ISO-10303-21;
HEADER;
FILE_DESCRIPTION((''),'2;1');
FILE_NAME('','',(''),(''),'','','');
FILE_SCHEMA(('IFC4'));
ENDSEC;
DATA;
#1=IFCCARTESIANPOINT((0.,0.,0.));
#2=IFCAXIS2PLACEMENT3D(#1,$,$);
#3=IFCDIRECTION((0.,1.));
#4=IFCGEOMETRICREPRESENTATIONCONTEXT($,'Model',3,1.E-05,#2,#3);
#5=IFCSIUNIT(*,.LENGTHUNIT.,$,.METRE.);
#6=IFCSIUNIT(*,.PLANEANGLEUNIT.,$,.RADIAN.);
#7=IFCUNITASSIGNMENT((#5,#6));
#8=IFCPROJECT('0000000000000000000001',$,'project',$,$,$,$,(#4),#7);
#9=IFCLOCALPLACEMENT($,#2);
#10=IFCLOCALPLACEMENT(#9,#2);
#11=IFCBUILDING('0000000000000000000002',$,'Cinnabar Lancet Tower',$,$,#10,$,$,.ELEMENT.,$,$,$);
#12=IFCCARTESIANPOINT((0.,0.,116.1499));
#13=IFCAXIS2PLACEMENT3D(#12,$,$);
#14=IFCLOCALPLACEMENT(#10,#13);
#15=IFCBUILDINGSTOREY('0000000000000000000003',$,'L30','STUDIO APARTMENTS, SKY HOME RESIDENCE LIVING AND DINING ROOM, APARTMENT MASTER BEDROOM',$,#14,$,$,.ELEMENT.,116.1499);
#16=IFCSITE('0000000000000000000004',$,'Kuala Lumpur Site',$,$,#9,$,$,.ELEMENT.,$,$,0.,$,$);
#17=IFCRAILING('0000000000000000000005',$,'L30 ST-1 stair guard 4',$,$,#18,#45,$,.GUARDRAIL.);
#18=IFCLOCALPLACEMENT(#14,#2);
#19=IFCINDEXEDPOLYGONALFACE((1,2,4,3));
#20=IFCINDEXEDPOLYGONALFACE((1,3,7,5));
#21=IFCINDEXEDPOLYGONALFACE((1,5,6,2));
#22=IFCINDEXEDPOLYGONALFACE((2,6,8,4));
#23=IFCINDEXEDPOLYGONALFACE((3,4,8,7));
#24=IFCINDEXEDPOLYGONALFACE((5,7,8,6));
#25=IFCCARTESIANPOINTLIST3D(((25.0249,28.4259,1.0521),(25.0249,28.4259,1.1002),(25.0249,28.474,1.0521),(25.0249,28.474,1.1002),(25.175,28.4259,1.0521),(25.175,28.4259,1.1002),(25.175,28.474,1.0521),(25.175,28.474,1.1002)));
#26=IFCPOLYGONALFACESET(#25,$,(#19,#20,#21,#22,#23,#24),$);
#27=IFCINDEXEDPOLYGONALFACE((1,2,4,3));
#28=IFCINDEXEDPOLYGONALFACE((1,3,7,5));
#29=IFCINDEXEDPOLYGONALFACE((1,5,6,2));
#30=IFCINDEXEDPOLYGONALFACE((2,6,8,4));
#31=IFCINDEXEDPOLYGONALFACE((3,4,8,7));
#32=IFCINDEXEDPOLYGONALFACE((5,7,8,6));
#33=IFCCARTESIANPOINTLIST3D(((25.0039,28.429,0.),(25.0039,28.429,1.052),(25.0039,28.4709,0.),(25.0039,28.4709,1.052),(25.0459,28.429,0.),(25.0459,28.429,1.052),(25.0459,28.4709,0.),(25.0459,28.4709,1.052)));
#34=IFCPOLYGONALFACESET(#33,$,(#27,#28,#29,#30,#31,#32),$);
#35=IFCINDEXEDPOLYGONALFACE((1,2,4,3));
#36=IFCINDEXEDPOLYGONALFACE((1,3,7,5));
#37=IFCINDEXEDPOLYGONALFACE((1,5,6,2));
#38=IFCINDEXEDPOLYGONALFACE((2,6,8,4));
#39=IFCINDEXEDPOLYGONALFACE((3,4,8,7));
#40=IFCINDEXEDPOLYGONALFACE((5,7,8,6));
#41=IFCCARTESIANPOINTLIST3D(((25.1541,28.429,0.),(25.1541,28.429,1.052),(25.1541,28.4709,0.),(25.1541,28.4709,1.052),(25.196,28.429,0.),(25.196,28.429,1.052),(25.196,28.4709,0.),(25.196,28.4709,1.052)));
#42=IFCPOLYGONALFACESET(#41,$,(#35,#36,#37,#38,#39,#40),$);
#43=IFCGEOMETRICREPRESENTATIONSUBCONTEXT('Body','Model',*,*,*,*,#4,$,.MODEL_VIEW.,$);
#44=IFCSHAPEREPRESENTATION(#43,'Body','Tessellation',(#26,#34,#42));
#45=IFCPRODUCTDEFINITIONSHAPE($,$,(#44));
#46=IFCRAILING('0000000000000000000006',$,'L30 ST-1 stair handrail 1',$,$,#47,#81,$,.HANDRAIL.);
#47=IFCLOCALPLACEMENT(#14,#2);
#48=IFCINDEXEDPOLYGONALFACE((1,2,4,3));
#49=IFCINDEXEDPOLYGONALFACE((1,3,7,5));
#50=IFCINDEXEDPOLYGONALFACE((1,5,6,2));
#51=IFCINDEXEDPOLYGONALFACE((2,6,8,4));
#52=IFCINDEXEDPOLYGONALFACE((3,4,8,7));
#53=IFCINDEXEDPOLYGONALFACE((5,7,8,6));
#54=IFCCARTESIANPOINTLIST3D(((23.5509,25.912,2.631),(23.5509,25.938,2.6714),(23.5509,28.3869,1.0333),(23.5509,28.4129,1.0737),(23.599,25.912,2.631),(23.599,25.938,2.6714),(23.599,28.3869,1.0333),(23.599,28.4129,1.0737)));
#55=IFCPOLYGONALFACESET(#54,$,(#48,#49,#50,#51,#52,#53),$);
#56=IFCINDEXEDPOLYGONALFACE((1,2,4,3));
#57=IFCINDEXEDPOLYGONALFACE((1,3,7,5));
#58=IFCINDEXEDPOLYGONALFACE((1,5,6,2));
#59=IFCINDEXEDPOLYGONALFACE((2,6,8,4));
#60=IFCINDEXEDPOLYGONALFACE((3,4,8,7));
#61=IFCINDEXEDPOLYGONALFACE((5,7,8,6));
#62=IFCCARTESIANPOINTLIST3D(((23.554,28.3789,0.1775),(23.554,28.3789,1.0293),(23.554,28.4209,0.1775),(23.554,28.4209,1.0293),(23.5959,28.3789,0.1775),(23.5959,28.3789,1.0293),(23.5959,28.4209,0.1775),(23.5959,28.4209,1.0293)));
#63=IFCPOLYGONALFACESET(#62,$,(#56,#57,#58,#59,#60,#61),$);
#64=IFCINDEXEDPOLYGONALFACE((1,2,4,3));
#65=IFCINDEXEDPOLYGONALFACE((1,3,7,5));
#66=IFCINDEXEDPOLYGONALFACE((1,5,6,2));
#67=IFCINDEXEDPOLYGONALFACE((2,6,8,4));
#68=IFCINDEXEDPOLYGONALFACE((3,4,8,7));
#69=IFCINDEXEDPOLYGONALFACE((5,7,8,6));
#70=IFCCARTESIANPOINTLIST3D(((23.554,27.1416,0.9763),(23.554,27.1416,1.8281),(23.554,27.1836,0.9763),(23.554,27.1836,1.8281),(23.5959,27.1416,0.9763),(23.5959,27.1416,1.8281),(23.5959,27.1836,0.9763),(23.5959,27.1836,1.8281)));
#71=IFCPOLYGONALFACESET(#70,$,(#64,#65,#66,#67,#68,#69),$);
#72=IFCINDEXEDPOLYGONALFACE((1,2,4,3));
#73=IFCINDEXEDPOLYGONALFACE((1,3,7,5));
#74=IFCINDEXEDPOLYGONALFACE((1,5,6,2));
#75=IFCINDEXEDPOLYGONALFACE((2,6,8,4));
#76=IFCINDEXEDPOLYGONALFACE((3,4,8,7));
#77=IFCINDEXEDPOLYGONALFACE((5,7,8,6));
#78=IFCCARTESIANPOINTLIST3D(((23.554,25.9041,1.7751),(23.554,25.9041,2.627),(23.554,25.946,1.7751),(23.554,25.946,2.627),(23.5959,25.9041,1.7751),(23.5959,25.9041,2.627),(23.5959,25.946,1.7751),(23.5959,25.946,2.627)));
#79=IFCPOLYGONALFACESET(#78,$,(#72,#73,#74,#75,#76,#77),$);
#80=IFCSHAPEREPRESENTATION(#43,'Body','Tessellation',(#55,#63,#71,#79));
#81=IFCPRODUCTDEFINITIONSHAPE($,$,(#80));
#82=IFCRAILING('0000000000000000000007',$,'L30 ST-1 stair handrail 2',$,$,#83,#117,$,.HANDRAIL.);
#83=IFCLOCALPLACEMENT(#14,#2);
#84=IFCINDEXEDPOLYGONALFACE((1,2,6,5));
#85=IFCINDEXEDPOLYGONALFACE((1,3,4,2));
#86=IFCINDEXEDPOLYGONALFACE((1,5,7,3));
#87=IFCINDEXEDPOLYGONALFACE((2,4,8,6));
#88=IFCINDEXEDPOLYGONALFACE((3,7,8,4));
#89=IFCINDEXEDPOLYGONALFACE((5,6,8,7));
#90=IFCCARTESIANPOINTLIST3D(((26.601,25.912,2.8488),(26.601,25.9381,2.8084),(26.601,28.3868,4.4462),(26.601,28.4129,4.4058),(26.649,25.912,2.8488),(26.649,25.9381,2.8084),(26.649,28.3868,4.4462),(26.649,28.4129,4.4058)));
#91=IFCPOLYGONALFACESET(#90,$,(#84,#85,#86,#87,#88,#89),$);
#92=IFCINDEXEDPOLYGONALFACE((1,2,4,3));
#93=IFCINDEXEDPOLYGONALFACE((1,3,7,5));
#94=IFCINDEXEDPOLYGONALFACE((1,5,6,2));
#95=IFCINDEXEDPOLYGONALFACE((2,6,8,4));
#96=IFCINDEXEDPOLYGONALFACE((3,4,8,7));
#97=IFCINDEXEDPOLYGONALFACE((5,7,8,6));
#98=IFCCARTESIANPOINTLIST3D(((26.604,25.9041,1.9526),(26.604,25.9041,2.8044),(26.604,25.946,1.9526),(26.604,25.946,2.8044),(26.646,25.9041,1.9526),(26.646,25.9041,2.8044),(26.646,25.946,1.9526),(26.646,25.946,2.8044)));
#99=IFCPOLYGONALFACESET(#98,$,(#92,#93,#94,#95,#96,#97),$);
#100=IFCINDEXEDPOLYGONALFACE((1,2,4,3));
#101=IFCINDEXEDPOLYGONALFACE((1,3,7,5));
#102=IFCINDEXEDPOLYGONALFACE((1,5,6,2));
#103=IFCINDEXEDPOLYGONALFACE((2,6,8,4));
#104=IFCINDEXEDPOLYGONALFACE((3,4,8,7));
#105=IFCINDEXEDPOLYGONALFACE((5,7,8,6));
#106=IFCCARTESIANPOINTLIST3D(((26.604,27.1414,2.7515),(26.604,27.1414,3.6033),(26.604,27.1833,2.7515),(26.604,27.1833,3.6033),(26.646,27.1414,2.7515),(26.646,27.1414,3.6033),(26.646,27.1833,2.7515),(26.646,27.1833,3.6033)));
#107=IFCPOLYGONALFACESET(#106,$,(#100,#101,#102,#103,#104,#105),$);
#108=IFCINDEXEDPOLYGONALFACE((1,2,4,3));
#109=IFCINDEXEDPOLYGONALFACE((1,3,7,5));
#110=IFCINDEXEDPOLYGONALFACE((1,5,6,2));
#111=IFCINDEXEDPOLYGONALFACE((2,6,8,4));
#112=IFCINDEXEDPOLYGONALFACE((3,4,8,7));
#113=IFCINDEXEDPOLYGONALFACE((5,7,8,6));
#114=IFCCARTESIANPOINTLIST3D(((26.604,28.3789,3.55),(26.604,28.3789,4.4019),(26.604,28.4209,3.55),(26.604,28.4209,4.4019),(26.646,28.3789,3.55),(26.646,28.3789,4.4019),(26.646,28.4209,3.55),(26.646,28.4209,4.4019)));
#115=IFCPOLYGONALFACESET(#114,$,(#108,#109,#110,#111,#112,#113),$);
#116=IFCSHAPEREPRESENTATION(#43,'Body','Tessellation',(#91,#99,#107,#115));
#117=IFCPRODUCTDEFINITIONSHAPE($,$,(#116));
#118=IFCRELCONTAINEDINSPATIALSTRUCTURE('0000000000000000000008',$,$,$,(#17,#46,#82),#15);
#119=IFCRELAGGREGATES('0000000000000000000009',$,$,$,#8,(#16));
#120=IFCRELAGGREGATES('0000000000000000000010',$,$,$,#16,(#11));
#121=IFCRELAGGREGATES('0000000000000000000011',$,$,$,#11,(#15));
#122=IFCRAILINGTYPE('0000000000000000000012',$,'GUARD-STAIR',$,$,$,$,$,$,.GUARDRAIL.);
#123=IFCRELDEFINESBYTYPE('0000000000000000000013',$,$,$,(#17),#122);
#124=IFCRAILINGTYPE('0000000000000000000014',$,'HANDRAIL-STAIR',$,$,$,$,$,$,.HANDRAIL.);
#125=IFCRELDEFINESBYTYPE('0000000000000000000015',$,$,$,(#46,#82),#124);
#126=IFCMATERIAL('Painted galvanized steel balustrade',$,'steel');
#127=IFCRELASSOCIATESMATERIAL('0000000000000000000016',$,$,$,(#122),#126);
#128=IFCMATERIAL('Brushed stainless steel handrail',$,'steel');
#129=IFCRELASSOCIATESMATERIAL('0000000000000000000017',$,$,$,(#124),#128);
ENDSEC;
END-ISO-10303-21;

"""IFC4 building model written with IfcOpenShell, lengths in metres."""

from ifc_helpers import new_model, si_unit, direction, frame, origin, origin_2d, place, context, subcontext, project, spatial, rectangle, extrude, material, type_object, element, save


model = new_model("IFC4")

# Units and contexts
model_context = context("Model", 3, precision=1e-05, world=origin(), true_north=direction((0.0, 1.0)))
body_context = subcontext(model_context, "Body", "Model", "MODEL_VIEW")
ifc_project = project(units=[si_unit("LENGTHUNIT", "METRE"), si_unit("PLANEANGLEUNIT", "RADIAN")], contexts=[model_context])

# Site, building, storey
site_placement = place(None, origin())
site = spatial("IfcSite", under=ifc_project, at=site_placement, Name="Kuala Lumpur Site", CompositionType="ELEMENT", RefElevation=0.0)
building_placement = place(site_placement, origin())
building = spatial("IfcBuilding", under=site, at=building_placement, Name="Cinnabar Lancet Tower", CompositionType="ELEMENT")
storey_placement = place(building_placement, frame((0.0, 0.0, 116.1499)))
storey = spatial("IfcBuildingStorey", under=building, at=storey_placement, Name="L30", Description="STUDIO APARTMENTS, SKY HOME RESIDENCE LIVING AND DINING ROOM, APARTMENT MASTER BEDROOM", CompositionType="ELEMENT", Elevation=116.1499)

# Railings
ifc_material_1 = material(Name="Painted galvanized steel balustrade", Category="steel")
railing_type_1 = type_object("IfcRailingType", Name="GUARD-STAIR", PredefinedType="GUARDRAIL", material=ifc_material_1)
railing_1_placement = place(storey_placement, frame((25.0249, 28.45, 0.0)))
element("IfcRailing", 1, at=railing_1_placement, inside=storey, type_object=railing_type_1, Name="L30 ST-1 stair guard 4", PredefinedType="GUARDRAIL", context=body_context, shape_type="SweptSolid", body=[
    extrude(rectangle(XDim=0.0481, YDim=0.0481, at=origin_2d()), frame((0.0, 0.0, 1.0762), z_axis=(1.0, 0.0, 0.0), x_axis=(0.0, 1.0, 0.0)), (0.0, 0.0, 1.0), 0.1501),
    extrude(rectangle(XDim=0.042, YDim=0.042, at=origin_2d()), origin(), (0.0, 0.0, 1.0), 1.052),
    extrude(rectangle(XDim=0.042, YDim=0.042, at=origin_2d()), frame((0.1501, 0.0, 0.0)), (0.0, 0.0, 1.0), 1.052),
])
ifc_material_2 = material(Name="Brushed stainless steel handrail", Category="steel")
railing_type_2 = type_object("IfcRailingType", Name="HANDRAIL-STAIR", PredefinedType="HANDRAIL", material=ifc_material_2)
railing_2_placement = place(storey_placement, frame((23.575, 28.3999, 0.1775)))
element("IfcRailing", 2, at=railing_2_placement, inside=storey, type_object=railing_type_2, Name="L30 ST-1 stair handrail 1", PredefinedType="HANDRAIL", context=body_context, shape_type="SweptSolid", body=[
    extrude(rectangle(XDim=0.0481, YDim=0.0481, at=origin_2d()), frame((0.0, 0.0, 0.876), z_axis=(0.0, -0.840146, 0.542361), x_axis=(1.0, 0.0, 0.0)), (0.0, 0.0, 1.0), 2.9458),
    extrude(rectangle(XDim=0.042, YDim=0.042, at=origin_2d()), origin(), (0.0, 0.0, 1.0), 0.8518),
    extrude(rectangle(XDim=0.042, YDim=0.042, at=origin_2d()), frame((0.0, -1.2373, 0.7988)), (0.0, 0.0, 1.0), 0.8518),
    extrude(rectangle(XDim=0.042, YDim=0.042, at=origin_2d()), frame((0.0, -2.4749, 1.5977)), (0.0, 0.0, 1.0), 0.8518),
])
railing_3_placement = place(storey_placement, frame((26.625, 25.925, 1.9526)))
element("IfcRailing", 3, at=railing_3_placement, inside=storey, type_object=railing_type_2, Name="L30 ST-1 stair handrail 2", PredefinedType="HANDRAIL", context=body_context, shape_type="SweptSolid", body=[
    extrude(rectangle(XDim=0.0481, YDim=0.0481, at=origin_2d()), frame((0.0, 0.0, 0.876), z_axis=(0.0, 0.840183, 0.542302), x_axis=(-1.0, 0.0, 0.0)), (0.0, 0.0, 1.0), 2.9456),
    extrude(rectangle(XDim=0.042, YDim=0.042, at=origin_2d()), origin(), (0.0, 0.0, 1.0), 0.8518),
    extrude(rectangle(XDim=0.042, YDim=0.042, at=origin_2d()), frame((0.0, 1.2373, 0.7988)), (0.0, 0.0, 1.0), 0.8518),
    extrude(rectangle(XDim=0.042, YDim=0.042, at=origin_2d()), frame((0.0, 2.4749, 1.5974)), (0.0, 0.0, 1.0), 0.8518),
])

save(model, "model.ifc")
